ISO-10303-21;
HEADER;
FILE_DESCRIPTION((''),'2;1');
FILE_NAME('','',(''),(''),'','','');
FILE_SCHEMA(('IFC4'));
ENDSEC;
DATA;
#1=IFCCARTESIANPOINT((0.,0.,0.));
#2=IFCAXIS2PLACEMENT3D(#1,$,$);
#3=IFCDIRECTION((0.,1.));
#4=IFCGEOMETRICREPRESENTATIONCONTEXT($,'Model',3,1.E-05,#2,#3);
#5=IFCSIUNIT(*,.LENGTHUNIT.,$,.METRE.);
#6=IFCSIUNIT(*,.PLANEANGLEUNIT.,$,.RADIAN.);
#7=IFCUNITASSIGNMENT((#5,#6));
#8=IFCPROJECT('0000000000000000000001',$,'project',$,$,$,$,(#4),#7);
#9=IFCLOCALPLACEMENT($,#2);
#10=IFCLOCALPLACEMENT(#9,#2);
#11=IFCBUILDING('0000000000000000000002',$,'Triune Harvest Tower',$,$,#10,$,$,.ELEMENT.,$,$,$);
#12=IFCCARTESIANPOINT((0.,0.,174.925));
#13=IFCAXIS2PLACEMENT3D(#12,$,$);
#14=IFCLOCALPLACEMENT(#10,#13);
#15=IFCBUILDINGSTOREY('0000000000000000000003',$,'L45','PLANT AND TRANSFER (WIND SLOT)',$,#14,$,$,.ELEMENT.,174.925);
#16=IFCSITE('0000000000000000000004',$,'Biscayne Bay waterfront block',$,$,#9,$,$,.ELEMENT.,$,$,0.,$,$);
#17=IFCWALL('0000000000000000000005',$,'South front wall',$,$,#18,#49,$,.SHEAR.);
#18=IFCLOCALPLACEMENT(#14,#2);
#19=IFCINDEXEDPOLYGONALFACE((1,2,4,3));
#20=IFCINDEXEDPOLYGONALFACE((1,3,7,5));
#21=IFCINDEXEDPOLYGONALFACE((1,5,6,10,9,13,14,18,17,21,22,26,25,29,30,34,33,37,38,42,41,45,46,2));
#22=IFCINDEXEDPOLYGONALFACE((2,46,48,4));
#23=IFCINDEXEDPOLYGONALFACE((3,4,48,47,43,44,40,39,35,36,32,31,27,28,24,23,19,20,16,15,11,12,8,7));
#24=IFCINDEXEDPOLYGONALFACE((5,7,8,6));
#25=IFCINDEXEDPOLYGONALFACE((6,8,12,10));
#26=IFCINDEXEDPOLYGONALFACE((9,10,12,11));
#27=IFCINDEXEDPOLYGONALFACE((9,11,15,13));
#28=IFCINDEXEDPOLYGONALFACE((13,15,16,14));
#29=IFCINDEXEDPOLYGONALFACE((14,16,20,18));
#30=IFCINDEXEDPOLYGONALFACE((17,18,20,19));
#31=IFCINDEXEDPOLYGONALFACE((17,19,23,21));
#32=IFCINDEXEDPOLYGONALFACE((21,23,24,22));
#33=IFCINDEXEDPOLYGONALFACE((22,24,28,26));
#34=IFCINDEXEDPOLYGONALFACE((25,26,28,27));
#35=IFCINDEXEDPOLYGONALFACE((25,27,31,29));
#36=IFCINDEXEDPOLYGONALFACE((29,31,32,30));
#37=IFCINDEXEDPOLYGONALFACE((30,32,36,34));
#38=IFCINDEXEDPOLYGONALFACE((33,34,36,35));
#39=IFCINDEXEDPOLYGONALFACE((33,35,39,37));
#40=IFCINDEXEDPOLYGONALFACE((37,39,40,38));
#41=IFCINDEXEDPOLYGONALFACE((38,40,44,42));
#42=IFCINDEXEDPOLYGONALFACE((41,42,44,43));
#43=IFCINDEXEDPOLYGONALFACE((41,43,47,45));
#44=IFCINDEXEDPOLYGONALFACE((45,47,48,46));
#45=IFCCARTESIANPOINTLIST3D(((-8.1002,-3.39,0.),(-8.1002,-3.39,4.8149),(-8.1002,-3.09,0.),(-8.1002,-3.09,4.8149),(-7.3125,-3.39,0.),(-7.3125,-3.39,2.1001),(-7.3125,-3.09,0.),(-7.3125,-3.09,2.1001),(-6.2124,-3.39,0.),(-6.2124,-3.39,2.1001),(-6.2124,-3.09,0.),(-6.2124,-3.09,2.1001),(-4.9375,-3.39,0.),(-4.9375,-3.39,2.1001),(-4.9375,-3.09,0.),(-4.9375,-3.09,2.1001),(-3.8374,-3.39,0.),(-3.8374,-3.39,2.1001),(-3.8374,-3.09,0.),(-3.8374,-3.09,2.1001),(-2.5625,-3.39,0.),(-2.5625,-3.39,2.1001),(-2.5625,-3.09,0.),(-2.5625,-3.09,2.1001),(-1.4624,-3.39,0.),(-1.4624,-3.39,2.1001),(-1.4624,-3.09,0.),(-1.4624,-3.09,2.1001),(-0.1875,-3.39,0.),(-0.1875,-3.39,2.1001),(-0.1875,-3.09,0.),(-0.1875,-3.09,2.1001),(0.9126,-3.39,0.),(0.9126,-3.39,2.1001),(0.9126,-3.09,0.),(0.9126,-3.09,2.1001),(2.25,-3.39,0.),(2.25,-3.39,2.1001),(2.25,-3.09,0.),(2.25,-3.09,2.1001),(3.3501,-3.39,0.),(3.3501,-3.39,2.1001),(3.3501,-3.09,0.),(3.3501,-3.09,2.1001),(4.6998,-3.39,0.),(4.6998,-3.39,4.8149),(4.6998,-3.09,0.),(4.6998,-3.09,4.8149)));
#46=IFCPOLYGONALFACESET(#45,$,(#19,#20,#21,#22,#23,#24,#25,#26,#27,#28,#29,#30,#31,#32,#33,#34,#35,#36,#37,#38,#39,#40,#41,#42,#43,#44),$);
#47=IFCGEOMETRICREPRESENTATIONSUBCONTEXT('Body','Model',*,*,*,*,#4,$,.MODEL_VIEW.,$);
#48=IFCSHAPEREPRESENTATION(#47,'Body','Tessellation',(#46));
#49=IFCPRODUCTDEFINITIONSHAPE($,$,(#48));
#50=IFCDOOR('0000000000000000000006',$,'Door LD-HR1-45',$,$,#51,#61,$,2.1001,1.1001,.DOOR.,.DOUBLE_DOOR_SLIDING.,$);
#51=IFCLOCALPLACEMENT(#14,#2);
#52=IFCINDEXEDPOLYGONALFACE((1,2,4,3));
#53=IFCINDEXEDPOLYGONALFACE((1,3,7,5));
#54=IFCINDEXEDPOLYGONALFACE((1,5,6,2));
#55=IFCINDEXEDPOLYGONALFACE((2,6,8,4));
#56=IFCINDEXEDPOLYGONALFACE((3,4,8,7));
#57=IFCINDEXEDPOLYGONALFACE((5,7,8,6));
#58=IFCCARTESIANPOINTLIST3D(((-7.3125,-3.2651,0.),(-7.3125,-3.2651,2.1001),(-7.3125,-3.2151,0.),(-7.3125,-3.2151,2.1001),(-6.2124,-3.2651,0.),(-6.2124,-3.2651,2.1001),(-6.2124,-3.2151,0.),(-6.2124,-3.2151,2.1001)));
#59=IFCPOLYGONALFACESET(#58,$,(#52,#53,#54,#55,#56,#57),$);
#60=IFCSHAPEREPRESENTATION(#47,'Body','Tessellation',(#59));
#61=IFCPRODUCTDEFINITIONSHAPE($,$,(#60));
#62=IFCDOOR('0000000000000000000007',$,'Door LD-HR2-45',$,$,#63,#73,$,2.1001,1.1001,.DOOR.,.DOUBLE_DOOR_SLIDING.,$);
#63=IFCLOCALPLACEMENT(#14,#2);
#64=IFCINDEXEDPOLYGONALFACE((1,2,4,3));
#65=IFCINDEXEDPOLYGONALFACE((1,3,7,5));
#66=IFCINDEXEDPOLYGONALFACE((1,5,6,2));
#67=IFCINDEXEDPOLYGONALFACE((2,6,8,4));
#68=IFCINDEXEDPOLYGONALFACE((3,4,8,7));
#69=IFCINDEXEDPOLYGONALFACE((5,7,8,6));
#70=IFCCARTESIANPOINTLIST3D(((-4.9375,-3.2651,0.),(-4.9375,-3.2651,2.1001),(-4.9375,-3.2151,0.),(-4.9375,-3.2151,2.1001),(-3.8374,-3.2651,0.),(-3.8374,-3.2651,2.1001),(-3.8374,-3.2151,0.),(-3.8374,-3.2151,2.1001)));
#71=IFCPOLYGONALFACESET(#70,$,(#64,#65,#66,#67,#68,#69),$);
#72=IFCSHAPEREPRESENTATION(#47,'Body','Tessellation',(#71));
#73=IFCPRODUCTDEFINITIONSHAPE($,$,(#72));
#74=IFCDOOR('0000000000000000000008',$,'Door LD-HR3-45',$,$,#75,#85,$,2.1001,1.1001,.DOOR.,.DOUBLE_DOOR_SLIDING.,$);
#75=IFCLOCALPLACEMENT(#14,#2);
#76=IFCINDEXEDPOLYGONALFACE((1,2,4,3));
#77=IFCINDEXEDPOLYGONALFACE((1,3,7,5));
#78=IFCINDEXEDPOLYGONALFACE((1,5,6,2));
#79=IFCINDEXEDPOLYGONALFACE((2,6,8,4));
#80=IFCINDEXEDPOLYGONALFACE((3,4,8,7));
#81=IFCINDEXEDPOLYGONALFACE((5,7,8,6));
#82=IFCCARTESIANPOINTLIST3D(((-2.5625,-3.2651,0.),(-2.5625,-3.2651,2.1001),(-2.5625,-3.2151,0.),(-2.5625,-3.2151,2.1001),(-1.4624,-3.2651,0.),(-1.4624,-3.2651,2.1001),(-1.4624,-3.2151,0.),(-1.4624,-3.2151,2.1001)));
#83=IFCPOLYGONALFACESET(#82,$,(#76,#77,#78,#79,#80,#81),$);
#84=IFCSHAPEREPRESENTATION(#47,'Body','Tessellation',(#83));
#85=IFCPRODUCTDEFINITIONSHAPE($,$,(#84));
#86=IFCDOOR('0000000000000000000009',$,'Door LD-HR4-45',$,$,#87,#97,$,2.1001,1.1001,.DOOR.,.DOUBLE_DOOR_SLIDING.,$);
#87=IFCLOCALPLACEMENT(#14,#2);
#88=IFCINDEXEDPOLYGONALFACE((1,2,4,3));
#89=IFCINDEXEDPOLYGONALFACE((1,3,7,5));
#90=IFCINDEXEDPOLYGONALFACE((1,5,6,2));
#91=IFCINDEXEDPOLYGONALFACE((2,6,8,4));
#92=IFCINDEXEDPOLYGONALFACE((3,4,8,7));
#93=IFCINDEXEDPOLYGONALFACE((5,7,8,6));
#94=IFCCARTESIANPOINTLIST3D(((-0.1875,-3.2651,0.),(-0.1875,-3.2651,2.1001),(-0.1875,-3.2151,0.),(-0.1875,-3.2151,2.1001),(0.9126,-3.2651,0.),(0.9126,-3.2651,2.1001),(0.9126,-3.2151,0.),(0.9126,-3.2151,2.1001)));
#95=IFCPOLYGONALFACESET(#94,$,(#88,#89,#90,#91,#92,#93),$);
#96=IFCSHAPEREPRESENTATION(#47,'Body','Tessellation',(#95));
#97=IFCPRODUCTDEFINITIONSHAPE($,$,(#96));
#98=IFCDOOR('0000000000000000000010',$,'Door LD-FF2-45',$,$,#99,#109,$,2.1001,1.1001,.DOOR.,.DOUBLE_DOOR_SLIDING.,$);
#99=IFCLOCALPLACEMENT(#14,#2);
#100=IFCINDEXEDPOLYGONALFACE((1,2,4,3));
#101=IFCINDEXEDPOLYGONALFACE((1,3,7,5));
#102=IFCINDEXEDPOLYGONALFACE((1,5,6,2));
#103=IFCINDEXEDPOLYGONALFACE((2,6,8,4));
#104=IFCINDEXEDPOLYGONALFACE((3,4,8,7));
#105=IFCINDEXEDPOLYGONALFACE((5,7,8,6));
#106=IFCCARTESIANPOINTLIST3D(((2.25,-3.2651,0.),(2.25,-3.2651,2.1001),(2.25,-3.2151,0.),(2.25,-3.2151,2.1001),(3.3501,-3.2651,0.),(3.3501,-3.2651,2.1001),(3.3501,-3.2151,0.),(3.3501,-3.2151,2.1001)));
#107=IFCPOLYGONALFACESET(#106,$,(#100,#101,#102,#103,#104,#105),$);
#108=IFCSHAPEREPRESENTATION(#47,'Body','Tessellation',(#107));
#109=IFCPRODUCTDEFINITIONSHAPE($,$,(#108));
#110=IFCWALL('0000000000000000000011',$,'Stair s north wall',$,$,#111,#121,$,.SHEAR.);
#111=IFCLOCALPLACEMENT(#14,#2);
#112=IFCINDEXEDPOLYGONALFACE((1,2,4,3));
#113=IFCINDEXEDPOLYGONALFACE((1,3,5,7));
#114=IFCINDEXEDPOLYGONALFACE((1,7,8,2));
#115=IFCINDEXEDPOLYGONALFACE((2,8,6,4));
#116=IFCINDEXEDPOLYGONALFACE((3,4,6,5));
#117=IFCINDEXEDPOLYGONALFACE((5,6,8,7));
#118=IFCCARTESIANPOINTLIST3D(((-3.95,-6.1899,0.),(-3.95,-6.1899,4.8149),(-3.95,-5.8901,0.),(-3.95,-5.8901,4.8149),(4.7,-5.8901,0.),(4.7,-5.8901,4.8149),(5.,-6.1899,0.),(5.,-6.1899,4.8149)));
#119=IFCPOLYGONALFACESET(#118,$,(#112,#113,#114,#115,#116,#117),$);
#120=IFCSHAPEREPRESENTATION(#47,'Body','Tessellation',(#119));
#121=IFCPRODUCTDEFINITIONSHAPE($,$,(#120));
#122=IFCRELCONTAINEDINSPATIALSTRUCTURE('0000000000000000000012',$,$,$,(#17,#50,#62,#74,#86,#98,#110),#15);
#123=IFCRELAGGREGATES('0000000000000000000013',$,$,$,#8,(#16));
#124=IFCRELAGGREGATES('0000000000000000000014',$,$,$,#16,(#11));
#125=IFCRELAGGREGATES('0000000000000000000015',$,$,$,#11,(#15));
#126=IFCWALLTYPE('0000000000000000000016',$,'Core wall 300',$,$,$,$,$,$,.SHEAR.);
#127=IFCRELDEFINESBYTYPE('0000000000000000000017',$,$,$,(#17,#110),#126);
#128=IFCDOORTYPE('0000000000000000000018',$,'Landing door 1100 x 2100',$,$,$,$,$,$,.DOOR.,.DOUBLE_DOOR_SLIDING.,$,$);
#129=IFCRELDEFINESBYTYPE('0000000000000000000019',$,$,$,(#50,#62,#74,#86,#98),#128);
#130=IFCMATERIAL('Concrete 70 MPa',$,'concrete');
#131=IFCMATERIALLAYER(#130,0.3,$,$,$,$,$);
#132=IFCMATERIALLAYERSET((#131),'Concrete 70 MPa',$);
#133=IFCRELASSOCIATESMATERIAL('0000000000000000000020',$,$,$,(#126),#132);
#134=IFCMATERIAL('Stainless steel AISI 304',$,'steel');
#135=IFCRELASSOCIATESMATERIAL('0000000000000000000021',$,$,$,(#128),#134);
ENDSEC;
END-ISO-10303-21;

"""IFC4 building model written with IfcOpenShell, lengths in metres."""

from ifc_helpers import new_model, si_unit, direction, frame, frame_2d, origin, place, context, subcontext, project, spatial, polyline, rectangle, outline, extrude, material, layer, layer_set, type_object, element, fill, save


model = new_model("IFC4")

# Units and contexts
model_context = context("Model", 3, precision=1e-05, world=origin(), true_north=direction((0.0, 1.0)))
body_context = subcontext(model_context, "Body", "Model", "MODEL_VIEW")
ifc_project = project(units=[si_unit("LENGTHUNIT", "METRE"), si_unit("PLANEANGLEUNIT", "RADIAN")], contexts=[model_context])

# Site, building, storey
site_placement = place(None, origin())
site = spatial("IfcSite", under=ifc_project, at=site_placement, Name="Biscayne Bay waterfront block", CompositionType="ELEMENT", RefElevation=0.0)
building_placement = place(site_placement, origin())
building = spatial("IfcBuilding", under=site, at=building_placement, Name="Triune Harvest Tower", CompositionType="ELEMENT")
storey_placement = place(building_placement, frame((0.0, 0.0, 174.925)))
storey = spatial("IfcBuildingStorey", under=building, at=storey_placement, Name="L45", Description="PLANT AND TRANSFER (WIND SLOT)", CompositionType="ELEMENT", Elevation=174.925)

# Wall, openings, doors
ifc_material_1 = material(Name="Concrete 70 MPa", Category="concrete")
ifc_layer_1 = layer(ifc_material_1, 0.3)
ifc_layer_set_1 = layer_set([ifc_layer_1], Name="Concrete 70 MPa")
wall_type_1 = type_object("IfcWallType", Name="Core wall 300", PredefinedType="SHEAR", material=ifc_layer_set_1)
wall_1_placement = place(storey_placement, frame((-8.1001, -3.24, 0.0), z_axis=(0.0, 0.0, 1.0), x_axis=(1.0, 0.0, 0.0)))
wall_1 = element("IfcWall", 1, at=wall_1_placement, inside=storey, type_object=wall_type_1, Name="South front wall", PredefinedType="SHEAR", context=body_context, shape_type="SweptSolid", body=[
    extrude(rectangle(XDim=12.8, YDim=0.3, at=frame_2d((6.3999, 0.0))), origin(), (0.0, 0.0, 1.0), 4.8149),
])
opening_1_placement = place(wall_1_placement, frame((0.7876, 0.0, 0.0)))
opening_1 = element("IfcOpeningElement", 2, at=opening_1_placement, cuts=wall_1, PredefinedType="OPENING", context=body_context, shape_type="SweptSolid", body=[
    extrude(rectangle(XDim=1.1001, YDim=2.1001, at=frame_2d((0.55, 1.05))), frame((0.0, 0.1602, 0.0), z_axis=(0.0, -1.0, 0.0), x_axis=(1.0, 0.0, 0.0)), (0.0, 0.0, 1.0), 0.3201),
])
opening_2_placement = place(wall_1_placement, frame((3.1626, 0.0, 0.0)))
opening_2 = element("IfcOpeningElement", 3, at=opening_2_placement, cuts=wall_1, PredefinedType="OPENING", context=body_context, shape_type="SweptSolid", body=[
    extrude(rectangle(XDim=1.1001, YDim=2.1001, at=frame_2d((0.55, 1.05))), frame((0.0, 0.1602, 0.0), z_axis=(0.0, -1.0, 0.0), x_axis=(1.0, 0.0, 0.0)), (0.0, 0.0, 1.0), 0.3201),
])
opening_3_placement = place(wall_1_placement, frame((5.5376, 0.0, 0.0)))
opening_3 = element("IfcOpeningElement", 4, at=opening_3_placement, cuts=wall_1, PredefinedType="OPENING", context=body_context, shape_type="SweptSolid", body=[
    extrude(rectangle(XDim=1.1001, YDim=2.1001, at=frame_2d((0.55, 1.05))), frame((0.0, 0.1602, 0.0), z_axis=(0.0, -1.0, 0.0), x_axis=(1.0, 0.0, 0.0)), (0.0, 0.0, 1.0), 0.3201),
])
opening_4_placement = place(wall_1_placement, frame((7.9126, 0.0, 0.0)))
opening_4 = element("IfcOpeningElement", 5, at=opening_4_placement, cuts=wall_1, PredefinedType="OPENING", context=body_context, shape_type="SweptSolid", body=[
    extrude(rectangle(XDim=1.1001, YDim=2.1001, at=frame_2d((0.55, 1.05))), frame((0.0, 0.1602, 0.0), z_axis=(0.0, -1.0, 0.0), x_axis=(1.0, 0.0, 0.0)), (0.0, 0.0, 1.0), 0.3201),
])
opening_5_placement = place(wall_1_placement, frame((10.3501, 0.0, 0.0)))
opening_5 = element("IfcOpeningElement", 6, at=opening_5_placement, cuts=wall_1, PredefinedType="OPENING", context=body_context, shape_type="SweptSolid", body=[
    extrude(rectangle(XDim=1.1001, YDim=2.1001, at=frame_2d((0.55, 1.05))), frame((0.0, 0.1602, 0.0), z_axis=(0.0, -1.0, 0.0), x_axis=(1.0, 0.0, 0.0)), (0.0, 0.0, 1.0), 0.3201),
])
ifc_material_2 = material(Name="Stainless steel AISI 304", Category="steel")
door_type_1 = type_object("IfcDoorType", Name="Landing door 1100 x 2100", OperationType="DOUBLE_DOOR_SLIDING", PredefinedType="DOOR", material=ifc_material_2)
door_1_placement = place(opening_1_placement, origin())
door_1 = element("IfcDoor", 7, at=door_1_placement, inside=storey, type_object=door_type_1, Name="Door LD-HR1-45", OperationType="DOUBLE_DOOR_SLIDING", OverallHeight=2.1001, OverallWidth=1.1001, PredefinedType="DOOR", context=body_context, shape_type="SweptSolid", body=[
    extrude(rectangle(XDim=1.1001, YDim=2.1001, at=frame_2d((0.55, 1.05))), frame((0.0, 0.0249, 0.0), z_axis=(0.0, -1.0, 0.0), x_axis=(1.0, 0.0, 0.0)), (0.0, 0.0, 1.0), 0.05),
])
fill(opening_1, door_1)
door_2_placement = place(opening_2_placement, origin())
door_2 = element("IfcDoor", 8, at=door_2_placement, inside=storey, type_object=door_type_1, Name="Door LD-HR2-45", OperationType="DOUBLE_DOOR_SLIDING", OverallHeight=2.1001, OverallWidth=1.1001, PredefinedType="DOOR", context=body_context, shape_type="SweptSolid", body=[
    extrude(rectangle(XDim=1.1001, YDim=2.1001, at=frame_2d((0.55, 1.05))), frame((0.0, 0.0249, 0.0), z_axis=(0.0, -1.0, 0.0), x_axis=(1.0, 0.0, 0.0)), (0.0, 0.0, 1.0), 0.05),
])
fill(opening_2, door_2)
door_3_placement = place(opening_3_placement, origin())
door_3 = element("IfcDoor", 9, at=door_3_placement, inside=storey, type_object=door_type_1, Name="Door LD-HR3-45", OperationType="DOUBLE_DOOR_SLIDING", OverallHeight=2.1001, OverallWidth=1.1001, PredefinedType="DOOR", context=body_context, shape_type="SweptSolid", body=[
    extrude(rectangle(XDim=1.1001, YDim=2.1001, at=frame_2d((0.55, 1.05))), frame((0.0, 0.0249, 0.0), z_axis=(0.0, -1.0, 0.0), x_axis=(1.0, 0.0, 0.0)), (0.0, 0.0, 1.0), 0.05),
])
fill(opening_3, door_3)
door_4_placement = place(opening_4_placement, origin())
door_4 = element("IfcDoor", 10, at=door_4_placement, inside=storey, type_object=door_type_1, Name="Door LD-HR4-45", OperationType="DOUBLE_DOOR_SLIDING", OverallHeight=2.1001, OverallWidth=1.1001, PredefinedType="DOOR", context=body_context, shape_type="SweptSolid", body=[
    extrude(rectangle(XDim=1.1001, YDim=2.1001, at=frame_2d((0.55, 1.05))), frame((0.0, 0.0249, 0.0), z_axis=(0.0, -1.0, 0.0), x_axis=(1.0, 0.0, 0.0)), (0.0, 0.0, 1.0), 0.05),
])
fill(opening_4, door_4)
door_5_placement = place(opening_5_placement, origin())
door_5 = element("IfcDoor", 11, at=door_5_placement, inside=storey, type_object=door_type_1, Name="Door LD-FF2-45", OperationType="DOUBLE_DOOR_SLIDING", OverallHeight=2.1001, OverallWidth=1.1001, PredefinedType="DOOR", context=body_context, shape_type="SweptSolid", body=[
    extrude(rectangle(XDim=1.1001, YDim=2.1001, at=frame_2d((0.55, 1.05))), frame((0.0, 0.0249, 0.0), z_axis=(0.0, -1.0, 0.0), x_axis=(1.0, 0.0, 0.0)), (0.0, 0.0, 1.0), 0.05),
])
fill(opening_5, door_5)

# Wall
wall_2_placement = place(storey_placement, frame((-3.95, -6.04, 0.0), z_axis=(0.0, 0.0, 1.0), x_axis=(1.0, 0.0, 0.0)))
element("IfcWall", 12, at=wall_2_placement, inside=storey, type_object=wall_type_1, Name="Stair s north wall", PredefinedType="SHEAR", context=body_context, shape_type="SweptSolid", body=[
    extrude(outline(polyline([(0.0, -0.1499), (8.95, -0.1499), (8.6499, 0.1499), (0.0, 0.1499), (0.0, -0.1499)])), origin(), (0.0, 0.0, 1.0), 4.8149),
])

save(model, "model.ifc")
